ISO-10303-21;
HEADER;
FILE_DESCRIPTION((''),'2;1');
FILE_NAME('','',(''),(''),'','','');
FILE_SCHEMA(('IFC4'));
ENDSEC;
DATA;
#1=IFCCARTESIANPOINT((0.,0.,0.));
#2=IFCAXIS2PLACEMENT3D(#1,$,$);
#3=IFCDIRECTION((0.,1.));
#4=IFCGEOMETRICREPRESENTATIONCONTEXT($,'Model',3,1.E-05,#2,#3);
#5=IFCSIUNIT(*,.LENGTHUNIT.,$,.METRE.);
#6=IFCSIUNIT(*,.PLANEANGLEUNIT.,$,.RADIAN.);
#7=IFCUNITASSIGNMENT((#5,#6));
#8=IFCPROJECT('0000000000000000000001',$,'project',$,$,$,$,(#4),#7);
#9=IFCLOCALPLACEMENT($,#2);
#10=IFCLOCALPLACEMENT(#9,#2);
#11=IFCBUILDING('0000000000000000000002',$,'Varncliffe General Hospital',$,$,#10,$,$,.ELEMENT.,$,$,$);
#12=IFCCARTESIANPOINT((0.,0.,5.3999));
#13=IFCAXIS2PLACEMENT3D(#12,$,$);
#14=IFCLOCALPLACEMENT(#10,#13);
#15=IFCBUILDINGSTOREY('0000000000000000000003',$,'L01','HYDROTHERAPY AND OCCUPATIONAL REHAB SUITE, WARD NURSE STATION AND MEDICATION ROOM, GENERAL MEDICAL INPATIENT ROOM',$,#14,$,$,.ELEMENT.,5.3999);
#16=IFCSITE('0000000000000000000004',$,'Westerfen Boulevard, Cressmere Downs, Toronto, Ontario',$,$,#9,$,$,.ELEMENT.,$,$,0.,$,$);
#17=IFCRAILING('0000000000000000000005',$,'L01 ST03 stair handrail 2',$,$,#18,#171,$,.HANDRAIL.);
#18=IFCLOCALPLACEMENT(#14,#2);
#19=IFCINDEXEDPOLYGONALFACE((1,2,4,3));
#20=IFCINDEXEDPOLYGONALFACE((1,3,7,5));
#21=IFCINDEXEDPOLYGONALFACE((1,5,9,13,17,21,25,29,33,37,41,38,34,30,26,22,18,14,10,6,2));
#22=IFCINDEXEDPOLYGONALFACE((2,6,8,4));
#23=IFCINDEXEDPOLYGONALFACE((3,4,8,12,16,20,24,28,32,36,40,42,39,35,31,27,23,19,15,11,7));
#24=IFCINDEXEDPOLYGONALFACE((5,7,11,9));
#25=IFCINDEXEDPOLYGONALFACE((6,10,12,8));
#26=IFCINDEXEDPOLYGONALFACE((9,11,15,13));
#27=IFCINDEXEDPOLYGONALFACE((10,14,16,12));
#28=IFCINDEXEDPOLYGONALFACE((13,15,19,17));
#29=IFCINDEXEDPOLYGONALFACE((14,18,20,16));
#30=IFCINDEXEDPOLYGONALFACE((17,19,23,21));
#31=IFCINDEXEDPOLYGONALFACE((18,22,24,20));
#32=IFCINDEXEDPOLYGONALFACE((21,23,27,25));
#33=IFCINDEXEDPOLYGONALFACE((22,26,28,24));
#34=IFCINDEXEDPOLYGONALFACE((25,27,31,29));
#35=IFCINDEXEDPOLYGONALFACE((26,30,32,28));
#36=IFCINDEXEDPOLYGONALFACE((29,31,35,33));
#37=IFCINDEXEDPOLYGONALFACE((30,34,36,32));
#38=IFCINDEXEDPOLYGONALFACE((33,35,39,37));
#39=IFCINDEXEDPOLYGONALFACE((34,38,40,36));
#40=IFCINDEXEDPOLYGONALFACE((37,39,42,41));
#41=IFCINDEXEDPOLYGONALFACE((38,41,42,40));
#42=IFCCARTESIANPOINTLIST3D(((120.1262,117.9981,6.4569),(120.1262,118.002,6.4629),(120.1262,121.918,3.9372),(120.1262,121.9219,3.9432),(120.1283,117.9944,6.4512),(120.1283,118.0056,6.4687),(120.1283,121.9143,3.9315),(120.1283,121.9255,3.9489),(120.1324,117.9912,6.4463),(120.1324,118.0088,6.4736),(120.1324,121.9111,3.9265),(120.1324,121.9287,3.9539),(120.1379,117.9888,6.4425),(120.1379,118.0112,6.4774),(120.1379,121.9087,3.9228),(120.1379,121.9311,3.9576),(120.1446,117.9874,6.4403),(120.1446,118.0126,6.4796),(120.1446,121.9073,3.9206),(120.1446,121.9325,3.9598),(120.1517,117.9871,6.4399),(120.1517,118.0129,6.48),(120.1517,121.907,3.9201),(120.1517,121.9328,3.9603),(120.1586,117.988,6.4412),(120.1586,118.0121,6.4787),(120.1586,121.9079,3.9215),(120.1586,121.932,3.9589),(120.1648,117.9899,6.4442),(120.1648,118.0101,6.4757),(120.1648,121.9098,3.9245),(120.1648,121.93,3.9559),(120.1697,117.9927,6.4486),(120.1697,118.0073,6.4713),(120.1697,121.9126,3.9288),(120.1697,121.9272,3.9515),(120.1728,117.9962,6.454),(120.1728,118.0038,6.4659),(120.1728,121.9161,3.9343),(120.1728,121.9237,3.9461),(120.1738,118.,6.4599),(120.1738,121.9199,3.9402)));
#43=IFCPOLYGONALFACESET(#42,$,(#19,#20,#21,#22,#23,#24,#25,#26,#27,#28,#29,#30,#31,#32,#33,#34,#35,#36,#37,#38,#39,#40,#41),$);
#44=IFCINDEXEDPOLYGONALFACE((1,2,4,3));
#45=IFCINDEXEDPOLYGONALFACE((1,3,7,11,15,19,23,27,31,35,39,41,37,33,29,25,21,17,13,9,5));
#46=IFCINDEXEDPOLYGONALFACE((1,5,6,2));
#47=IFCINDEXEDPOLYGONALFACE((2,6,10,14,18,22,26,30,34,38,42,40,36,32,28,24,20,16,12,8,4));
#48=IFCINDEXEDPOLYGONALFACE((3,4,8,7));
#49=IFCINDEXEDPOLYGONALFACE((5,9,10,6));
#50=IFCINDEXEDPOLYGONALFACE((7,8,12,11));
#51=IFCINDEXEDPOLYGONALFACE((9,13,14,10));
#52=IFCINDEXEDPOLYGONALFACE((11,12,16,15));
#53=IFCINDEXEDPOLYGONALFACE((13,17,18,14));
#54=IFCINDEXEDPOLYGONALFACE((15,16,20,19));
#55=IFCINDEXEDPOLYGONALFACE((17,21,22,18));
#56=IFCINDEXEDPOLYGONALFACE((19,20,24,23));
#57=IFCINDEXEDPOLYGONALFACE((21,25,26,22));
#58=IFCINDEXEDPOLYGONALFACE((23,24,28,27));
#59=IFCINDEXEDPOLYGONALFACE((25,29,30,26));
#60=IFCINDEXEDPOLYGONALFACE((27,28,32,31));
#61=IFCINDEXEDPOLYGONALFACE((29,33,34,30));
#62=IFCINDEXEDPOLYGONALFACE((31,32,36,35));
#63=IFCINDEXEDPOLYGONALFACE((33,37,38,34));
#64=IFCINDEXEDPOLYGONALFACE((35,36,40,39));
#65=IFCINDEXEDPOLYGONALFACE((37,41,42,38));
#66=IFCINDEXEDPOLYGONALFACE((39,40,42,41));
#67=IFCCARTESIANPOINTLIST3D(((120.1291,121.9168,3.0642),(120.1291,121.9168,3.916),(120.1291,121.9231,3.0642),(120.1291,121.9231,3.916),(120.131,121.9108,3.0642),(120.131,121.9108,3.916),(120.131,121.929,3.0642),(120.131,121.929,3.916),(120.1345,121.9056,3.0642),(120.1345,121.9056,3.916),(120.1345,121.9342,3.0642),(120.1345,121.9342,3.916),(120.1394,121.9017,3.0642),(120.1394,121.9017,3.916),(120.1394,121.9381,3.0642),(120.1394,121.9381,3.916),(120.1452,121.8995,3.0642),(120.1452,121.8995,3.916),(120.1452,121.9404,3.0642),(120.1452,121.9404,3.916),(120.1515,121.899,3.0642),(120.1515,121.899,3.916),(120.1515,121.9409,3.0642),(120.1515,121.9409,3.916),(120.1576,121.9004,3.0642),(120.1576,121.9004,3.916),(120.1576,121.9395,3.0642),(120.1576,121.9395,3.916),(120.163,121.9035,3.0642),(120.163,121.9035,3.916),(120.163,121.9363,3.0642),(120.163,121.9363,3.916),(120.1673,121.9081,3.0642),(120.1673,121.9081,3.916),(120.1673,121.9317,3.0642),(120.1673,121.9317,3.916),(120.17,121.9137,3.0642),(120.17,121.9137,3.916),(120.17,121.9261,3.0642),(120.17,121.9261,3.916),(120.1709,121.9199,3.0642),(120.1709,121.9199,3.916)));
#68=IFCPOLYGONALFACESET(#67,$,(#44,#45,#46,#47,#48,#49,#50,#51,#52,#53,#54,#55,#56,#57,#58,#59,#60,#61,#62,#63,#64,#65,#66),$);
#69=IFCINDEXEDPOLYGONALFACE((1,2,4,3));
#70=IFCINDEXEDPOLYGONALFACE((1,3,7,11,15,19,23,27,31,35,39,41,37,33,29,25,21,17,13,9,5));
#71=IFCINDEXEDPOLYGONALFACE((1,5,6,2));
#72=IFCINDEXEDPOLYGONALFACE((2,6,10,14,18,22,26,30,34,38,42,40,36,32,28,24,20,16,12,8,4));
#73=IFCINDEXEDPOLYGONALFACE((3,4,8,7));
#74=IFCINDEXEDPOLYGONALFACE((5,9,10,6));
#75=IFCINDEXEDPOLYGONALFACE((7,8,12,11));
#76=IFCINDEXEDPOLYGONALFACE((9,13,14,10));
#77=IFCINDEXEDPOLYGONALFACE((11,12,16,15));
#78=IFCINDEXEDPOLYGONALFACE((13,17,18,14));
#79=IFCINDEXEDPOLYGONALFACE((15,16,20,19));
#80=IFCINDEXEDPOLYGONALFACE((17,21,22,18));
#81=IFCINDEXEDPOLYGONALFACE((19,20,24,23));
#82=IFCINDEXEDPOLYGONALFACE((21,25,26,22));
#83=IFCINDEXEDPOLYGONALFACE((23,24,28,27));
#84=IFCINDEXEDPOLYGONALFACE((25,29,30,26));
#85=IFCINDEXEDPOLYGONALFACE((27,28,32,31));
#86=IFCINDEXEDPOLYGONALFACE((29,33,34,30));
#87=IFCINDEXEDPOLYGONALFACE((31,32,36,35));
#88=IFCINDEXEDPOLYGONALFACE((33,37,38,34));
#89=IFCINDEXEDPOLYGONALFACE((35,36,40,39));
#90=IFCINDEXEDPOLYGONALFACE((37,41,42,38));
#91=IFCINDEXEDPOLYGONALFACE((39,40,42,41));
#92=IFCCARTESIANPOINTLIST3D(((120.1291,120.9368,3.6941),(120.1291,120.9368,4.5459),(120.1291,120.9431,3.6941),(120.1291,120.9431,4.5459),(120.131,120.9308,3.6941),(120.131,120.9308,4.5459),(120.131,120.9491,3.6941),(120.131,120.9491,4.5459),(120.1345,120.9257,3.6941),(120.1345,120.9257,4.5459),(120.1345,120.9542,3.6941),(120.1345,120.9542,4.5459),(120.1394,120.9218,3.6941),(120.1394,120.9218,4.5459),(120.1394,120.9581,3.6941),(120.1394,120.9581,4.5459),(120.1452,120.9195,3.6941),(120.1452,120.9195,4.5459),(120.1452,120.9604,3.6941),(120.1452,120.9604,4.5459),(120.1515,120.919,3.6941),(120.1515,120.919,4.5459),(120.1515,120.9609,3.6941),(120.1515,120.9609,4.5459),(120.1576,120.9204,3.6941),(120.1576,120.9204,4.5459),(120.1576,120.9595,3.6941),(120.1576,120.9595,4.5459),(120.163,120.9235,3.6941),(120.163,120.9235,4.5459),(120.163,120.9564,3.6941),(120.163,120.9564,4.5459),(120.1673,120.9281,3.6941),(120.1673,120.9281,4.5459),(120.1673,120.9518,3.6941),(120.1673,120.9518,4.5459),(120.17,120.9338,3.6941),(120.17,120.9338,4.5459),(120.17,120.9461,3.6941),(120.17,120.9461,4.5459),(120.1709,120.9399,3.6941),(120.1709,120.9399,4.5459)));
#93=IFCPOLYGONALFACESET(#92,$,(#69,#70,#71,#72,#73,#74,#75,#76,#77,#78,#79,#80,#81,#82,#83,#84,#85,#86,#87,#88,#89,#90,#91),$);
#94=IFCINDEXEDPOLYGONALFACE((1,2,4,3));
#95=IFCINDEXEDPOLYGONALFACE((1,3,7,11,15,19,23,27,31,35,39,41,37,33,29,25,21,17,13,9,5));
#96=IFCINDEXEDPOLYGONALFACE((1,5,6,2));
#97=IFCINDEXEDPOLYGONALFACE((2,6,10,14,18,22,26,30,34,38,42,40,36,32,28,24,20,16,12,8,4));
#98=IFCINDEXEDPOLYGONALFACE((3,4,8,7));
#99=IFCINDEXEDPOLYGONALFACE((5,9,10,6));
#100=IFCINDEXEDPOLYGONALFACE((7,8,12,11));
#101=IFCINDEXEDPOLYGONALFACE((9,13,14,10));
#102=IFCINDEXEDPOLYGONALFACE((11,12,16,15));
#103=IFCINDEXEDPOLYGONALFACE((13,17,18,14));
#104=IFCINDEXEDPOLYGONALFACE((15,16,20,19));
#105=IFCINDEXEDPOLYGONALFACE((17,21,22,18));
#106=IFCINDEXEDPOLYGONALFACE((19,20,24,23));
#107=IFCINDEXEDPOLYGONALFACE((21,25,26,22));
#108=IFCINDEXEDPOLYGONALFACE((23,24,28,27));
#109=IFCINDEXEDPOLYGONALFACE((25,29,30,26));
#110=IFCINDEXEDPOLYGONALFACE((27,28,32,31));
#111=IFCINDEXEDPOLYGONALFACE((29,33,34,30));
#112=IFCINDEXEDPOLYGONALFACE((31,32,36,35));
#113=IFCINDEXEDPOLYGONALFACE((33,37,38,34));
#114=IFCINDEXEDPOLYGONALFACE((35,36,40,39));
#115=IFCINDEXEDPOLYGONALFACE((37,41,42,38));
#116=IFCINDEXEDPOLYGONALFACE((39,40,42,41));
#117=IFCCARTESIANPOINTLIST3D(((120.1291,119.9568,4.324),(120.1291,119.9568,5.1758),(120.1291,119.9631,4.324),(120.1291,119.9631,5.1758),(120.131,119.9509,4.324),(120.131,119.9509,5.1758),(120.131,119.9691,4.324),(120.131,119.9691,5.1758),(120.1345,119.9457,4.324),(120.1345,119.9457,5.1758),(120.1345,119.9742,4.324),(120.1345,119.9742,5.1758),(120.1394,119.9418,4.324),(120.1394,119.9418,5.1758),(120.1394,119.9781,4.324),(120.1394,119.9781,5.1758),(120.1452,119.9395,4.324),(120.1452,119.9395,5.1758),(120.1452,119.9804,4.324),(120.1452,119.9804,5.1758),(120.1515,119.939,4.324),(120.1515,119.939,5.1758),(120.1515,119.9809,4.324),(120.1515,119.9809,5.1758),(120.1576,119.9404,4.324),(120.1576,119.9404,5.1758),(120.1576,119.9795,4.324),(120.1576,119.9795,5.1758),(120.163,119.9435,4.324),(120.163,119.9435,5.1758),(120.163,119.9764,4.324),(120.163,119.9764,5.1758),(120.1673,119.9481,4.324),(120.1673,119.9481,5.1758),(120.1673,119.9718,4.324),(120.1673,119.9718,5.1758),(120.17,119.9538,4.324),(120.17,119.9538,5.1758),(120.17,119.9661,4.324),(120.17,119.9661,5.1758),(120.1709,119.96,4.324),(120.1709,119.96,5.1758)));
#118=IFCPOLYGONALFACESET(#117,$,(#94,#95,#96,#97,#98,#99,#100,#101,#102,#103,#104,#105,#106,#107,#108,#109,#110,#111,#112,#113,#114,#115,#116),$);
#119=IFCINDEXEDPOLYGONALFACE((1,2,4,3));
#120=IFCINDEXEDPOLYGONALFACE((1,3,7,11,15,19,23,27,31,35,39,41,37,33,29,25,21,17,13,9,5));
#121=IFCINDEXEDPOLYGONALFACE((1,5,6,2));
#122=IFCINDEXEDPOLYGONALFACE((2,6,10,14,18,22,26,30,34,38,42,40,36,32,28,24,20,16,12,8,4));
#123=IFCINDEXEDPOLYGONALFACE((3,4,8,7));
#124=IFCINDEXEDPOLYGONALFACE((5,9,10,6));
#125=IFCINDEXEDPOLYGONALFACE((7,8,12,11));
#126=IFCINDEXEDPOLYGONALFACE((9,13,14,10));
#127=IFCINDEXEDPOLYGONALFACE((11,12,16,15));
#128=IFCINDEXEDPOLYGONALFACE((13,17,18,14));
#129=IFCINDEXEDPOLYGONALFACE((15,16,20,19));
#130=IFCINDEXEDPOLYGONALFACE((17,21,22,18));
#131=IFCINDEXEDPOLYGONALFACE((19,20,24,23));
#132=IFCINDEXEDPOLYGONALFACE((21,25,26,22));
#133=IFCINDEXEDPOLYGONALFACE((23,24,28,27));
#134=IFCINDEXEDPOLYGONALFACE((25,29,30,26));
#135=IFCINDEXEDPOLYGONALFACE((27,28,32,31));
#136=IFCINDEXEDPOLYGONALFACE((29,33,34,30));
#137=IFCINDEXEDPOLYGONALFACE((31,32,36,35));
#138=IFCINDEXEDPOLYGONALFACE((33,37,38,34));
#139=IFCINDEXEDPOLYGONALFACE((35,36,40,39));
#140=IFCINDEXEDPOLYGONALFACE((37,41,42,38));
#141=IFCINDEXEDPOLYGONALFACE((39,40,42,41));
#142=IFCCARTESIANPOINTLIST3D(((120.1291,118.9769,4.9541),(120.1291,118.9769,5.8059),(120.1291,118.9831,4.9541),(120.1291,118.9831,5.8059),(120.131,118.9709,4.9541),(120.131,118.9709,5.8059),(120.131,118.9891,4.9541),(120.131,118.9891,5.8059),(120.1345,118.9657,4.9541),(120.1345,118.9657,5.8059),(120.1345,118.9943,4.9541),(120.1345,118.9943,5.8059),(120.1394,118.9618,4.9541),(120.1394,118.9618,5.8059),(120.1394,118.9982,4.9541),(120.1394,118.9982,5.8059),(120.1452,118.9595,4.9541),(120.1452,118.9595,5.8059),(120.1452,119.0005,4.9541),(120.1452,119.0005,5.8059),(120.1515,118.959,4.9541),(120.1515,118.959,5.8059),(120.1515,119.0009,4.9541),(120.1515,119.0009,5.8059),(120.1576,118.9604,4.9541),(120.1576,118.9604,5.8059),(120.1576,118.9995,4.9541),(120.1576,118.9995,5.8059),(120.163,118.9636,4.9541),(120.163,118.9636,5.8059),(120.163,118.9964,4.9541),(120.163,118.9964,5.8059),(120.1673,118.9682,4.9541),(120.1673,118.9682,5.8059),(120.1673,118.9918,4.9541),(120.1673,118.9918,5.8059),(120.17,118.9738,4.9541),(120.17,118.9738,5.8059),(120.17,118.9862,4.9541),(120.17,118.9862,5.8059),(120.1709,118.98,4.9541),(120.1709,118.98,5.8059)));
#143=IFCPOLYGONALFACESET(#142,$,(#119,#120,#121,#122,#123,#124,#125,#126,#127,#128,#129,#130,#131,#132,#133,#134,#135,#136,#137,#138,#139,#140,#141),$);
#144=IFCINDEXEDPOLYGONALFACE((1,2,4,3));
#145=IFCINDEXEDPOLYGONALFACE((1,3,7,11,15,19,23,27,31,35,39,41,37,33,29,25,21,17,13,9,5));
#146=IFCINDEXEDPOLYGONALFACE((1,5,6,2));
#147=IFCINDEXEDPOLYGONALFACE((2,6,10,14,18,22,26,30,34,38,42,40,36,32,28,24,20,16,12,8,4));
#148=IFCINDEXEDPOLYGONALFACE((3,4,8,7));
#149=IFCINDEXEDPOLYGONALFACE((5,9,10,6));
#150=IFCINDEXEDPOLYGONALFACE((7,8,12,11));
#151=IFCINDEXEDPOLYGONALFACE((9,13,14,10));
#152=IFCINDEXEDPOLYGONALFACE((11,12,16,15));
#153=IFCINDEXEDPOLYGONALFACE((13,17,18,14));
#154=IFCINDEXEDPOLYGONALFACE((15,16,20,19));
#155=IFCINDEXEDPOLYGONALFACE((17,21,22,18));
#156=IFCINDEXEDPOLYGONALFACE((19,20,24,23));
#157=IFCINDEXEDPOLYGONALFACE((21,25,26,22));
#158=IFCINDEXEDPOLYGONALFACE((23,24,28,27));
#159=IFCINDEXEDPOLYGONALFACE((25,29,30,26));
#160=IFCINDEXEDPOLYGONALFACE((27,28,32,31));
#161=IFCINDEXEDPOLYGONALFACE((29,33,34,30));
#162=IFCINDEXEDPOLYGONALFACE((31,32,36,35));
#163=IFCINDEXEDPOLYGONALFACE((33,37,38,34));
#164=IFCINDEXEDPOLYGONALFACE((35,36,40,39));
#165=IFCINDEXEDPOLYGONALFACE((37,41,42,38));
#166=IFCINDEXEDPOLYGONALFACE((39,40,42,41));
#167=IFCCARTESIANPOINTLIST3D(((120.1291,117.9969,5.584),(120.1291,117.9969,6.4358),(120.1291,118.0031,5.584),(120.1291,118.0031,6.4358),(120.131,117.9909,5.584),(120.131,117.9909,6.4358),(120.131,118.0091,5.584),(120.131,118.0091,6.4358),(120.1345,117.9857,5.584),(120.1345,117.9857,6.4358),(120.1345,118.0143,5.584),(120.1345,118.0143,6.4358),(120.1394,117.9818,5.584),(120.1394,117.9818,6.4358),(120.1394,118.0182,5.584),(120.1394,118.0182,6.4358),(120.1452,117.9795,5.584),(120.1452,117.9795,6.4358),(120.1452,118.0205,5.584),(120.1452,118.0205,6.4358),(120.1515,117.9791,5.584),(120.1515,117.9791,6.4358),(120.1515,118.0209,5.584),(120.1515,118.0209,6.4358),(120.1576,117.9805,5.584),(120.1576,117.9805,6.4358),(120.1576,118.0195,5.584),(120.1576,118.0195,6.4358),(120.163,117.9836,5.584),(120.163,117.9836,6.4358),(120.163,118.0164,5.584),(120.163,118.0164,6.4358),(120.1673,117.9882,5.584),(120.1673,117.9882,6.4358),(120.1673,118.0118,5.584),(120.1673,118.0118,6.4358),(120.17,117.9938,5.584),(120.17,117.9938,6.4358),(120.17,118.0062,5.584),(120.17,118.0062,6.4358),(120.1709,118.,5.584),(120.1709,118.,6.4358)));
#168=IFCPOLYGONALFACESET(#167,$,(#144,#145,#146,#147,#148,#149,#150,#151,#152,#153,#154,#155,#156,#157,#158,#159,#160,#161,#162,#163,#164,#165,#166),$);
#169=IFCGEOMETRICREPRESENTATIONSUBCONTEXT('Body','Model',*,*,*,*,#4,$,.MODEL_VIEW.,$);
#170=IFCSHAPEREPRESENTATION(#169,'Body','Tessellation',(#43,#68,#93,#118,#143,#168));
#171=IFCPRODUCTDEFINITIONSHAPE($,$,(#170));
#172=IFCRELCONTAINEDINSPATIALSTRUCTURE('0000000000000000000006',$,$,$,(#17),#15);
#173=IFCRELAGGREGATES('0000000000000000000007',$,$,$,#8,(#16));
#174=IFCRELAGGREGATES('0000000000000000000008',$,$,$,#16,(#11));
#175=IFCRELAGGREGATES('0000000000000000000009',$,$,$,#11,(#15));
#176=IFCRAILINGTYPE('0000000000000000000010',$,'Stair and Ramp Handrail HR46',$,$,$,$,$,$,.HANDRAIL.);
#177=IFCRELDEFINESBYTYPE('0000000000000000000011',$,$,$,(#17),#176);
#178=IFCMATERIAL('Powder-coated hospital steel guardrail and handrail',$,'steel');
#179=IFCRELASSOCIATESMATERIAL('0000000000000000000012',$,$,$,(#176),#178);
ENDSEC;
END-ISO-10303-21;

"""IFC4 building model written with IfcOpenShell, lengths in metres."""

from ifc_helpers import new_model, si_unit, direction, frame, origin, origin_2d, place, context, subcontext, project, spatial, circle, extrude, material, type_object, element, save


model = new_model("IFC4")

# Units and contexts
model_context = context("Model", 3, precision=1e-05, world=origin(), true_north=direction((0.0, 1.0)))
body_context = subcontext(model_context, "Body", "Model", "MODEL_VIEW")
ifc_project = project(units=[si_unit("LENGTHUNIT", "METRE"), si_unit("PLANEANGLEUNIT", "RADIAN")], contexts=[model_context])

# Site, building, storey
site_placement = place(None, origin())
site = spatial("IfcSite", under=ifc_project, at=site_placement, Name="Westerfen Boulevard, Cressmere Downs, Toronto, Ontario", CompositionType="ELEMENT", RefElevation=0.0)
building_placement = place(site_placement, origin())
building = spatial("IfcBuilding", under=site, at=building_placement, Name="Varncliffe General Hospital", CompositionType="ELEMENT")
storey_placement = place(building_placement, frame((0.0, 0.0, 5.3999)))
storey = spatial("IfcBuildingStorey", under=building, at=storey_placement, Name="L01", Description="HYDROTHERAPY AND OCCUPATIONAL REHAB SUITE, WARD NURSE STATION AND MEDICATION ROOM, GENERAL MEDICAL INPATIENT ROOM", CompositionType="ELEMENT", Elevation=5.3999)

# Railing
ifc_material_1 = material(Name="Powder-coated hospital steel guardrail and handrail", Category="steel")
railing_type_1 = type_object("IfcRailingType", Name="Stair and Ramp Handrail HR46", PredefinedType="HANDRAIL", material=ifc_material_1)
railing_1_placement = place(storey_placement, frame((120.1499, 121.9199, 3.0642)))
element("IfcRailing", 1, at=railing_1_placement, inside=storey, type_object=railing_type_1, Name="L01 ST03 stair handrail 2", PredefinedType="HANDRAIL", context=body_context, shape_type="SweptSolid", body=[
    extrude(circle(Radius=0.0239, at=origin_2d()), frame((0.0, 0.0, 0.876), z_axis=(0.0, -0.841195, 0.540731), x_axis=(1.0, 0.0, 0.0)), (0.0, 0.0, 1.0), 4.6599),
    extrude(circle(Radius=0.021, at=origin_2d()), origin(), (0.0, 0.0, 1.0), 0.8518),
    extrude(circle(Radius=0.021, at=origin_2d()), frame((0.0, -0.98, 0.6299)), (0.0, 0.0, 1.0), 0.8518),
    extrude(circle(Radius=0.021, at=origin_2d()), frame((0.0, -1.96, 1.2598)), (0.0, 0.0, 1.0), 0.8518),
    extrude(circle(Radius=0.021, at=origin_2d()), frame((0.0, -2.9399, 1.8899)), (0.0, 0.0, 1.0), 0.8518),
    extrude(circle(Radius=0.021, at=origin_2d()), frame((0.0, -3.9199, 2.5198)), (0.0, 0.0, 1.0), 0.8518),
])

save(model, "model.ifc")
